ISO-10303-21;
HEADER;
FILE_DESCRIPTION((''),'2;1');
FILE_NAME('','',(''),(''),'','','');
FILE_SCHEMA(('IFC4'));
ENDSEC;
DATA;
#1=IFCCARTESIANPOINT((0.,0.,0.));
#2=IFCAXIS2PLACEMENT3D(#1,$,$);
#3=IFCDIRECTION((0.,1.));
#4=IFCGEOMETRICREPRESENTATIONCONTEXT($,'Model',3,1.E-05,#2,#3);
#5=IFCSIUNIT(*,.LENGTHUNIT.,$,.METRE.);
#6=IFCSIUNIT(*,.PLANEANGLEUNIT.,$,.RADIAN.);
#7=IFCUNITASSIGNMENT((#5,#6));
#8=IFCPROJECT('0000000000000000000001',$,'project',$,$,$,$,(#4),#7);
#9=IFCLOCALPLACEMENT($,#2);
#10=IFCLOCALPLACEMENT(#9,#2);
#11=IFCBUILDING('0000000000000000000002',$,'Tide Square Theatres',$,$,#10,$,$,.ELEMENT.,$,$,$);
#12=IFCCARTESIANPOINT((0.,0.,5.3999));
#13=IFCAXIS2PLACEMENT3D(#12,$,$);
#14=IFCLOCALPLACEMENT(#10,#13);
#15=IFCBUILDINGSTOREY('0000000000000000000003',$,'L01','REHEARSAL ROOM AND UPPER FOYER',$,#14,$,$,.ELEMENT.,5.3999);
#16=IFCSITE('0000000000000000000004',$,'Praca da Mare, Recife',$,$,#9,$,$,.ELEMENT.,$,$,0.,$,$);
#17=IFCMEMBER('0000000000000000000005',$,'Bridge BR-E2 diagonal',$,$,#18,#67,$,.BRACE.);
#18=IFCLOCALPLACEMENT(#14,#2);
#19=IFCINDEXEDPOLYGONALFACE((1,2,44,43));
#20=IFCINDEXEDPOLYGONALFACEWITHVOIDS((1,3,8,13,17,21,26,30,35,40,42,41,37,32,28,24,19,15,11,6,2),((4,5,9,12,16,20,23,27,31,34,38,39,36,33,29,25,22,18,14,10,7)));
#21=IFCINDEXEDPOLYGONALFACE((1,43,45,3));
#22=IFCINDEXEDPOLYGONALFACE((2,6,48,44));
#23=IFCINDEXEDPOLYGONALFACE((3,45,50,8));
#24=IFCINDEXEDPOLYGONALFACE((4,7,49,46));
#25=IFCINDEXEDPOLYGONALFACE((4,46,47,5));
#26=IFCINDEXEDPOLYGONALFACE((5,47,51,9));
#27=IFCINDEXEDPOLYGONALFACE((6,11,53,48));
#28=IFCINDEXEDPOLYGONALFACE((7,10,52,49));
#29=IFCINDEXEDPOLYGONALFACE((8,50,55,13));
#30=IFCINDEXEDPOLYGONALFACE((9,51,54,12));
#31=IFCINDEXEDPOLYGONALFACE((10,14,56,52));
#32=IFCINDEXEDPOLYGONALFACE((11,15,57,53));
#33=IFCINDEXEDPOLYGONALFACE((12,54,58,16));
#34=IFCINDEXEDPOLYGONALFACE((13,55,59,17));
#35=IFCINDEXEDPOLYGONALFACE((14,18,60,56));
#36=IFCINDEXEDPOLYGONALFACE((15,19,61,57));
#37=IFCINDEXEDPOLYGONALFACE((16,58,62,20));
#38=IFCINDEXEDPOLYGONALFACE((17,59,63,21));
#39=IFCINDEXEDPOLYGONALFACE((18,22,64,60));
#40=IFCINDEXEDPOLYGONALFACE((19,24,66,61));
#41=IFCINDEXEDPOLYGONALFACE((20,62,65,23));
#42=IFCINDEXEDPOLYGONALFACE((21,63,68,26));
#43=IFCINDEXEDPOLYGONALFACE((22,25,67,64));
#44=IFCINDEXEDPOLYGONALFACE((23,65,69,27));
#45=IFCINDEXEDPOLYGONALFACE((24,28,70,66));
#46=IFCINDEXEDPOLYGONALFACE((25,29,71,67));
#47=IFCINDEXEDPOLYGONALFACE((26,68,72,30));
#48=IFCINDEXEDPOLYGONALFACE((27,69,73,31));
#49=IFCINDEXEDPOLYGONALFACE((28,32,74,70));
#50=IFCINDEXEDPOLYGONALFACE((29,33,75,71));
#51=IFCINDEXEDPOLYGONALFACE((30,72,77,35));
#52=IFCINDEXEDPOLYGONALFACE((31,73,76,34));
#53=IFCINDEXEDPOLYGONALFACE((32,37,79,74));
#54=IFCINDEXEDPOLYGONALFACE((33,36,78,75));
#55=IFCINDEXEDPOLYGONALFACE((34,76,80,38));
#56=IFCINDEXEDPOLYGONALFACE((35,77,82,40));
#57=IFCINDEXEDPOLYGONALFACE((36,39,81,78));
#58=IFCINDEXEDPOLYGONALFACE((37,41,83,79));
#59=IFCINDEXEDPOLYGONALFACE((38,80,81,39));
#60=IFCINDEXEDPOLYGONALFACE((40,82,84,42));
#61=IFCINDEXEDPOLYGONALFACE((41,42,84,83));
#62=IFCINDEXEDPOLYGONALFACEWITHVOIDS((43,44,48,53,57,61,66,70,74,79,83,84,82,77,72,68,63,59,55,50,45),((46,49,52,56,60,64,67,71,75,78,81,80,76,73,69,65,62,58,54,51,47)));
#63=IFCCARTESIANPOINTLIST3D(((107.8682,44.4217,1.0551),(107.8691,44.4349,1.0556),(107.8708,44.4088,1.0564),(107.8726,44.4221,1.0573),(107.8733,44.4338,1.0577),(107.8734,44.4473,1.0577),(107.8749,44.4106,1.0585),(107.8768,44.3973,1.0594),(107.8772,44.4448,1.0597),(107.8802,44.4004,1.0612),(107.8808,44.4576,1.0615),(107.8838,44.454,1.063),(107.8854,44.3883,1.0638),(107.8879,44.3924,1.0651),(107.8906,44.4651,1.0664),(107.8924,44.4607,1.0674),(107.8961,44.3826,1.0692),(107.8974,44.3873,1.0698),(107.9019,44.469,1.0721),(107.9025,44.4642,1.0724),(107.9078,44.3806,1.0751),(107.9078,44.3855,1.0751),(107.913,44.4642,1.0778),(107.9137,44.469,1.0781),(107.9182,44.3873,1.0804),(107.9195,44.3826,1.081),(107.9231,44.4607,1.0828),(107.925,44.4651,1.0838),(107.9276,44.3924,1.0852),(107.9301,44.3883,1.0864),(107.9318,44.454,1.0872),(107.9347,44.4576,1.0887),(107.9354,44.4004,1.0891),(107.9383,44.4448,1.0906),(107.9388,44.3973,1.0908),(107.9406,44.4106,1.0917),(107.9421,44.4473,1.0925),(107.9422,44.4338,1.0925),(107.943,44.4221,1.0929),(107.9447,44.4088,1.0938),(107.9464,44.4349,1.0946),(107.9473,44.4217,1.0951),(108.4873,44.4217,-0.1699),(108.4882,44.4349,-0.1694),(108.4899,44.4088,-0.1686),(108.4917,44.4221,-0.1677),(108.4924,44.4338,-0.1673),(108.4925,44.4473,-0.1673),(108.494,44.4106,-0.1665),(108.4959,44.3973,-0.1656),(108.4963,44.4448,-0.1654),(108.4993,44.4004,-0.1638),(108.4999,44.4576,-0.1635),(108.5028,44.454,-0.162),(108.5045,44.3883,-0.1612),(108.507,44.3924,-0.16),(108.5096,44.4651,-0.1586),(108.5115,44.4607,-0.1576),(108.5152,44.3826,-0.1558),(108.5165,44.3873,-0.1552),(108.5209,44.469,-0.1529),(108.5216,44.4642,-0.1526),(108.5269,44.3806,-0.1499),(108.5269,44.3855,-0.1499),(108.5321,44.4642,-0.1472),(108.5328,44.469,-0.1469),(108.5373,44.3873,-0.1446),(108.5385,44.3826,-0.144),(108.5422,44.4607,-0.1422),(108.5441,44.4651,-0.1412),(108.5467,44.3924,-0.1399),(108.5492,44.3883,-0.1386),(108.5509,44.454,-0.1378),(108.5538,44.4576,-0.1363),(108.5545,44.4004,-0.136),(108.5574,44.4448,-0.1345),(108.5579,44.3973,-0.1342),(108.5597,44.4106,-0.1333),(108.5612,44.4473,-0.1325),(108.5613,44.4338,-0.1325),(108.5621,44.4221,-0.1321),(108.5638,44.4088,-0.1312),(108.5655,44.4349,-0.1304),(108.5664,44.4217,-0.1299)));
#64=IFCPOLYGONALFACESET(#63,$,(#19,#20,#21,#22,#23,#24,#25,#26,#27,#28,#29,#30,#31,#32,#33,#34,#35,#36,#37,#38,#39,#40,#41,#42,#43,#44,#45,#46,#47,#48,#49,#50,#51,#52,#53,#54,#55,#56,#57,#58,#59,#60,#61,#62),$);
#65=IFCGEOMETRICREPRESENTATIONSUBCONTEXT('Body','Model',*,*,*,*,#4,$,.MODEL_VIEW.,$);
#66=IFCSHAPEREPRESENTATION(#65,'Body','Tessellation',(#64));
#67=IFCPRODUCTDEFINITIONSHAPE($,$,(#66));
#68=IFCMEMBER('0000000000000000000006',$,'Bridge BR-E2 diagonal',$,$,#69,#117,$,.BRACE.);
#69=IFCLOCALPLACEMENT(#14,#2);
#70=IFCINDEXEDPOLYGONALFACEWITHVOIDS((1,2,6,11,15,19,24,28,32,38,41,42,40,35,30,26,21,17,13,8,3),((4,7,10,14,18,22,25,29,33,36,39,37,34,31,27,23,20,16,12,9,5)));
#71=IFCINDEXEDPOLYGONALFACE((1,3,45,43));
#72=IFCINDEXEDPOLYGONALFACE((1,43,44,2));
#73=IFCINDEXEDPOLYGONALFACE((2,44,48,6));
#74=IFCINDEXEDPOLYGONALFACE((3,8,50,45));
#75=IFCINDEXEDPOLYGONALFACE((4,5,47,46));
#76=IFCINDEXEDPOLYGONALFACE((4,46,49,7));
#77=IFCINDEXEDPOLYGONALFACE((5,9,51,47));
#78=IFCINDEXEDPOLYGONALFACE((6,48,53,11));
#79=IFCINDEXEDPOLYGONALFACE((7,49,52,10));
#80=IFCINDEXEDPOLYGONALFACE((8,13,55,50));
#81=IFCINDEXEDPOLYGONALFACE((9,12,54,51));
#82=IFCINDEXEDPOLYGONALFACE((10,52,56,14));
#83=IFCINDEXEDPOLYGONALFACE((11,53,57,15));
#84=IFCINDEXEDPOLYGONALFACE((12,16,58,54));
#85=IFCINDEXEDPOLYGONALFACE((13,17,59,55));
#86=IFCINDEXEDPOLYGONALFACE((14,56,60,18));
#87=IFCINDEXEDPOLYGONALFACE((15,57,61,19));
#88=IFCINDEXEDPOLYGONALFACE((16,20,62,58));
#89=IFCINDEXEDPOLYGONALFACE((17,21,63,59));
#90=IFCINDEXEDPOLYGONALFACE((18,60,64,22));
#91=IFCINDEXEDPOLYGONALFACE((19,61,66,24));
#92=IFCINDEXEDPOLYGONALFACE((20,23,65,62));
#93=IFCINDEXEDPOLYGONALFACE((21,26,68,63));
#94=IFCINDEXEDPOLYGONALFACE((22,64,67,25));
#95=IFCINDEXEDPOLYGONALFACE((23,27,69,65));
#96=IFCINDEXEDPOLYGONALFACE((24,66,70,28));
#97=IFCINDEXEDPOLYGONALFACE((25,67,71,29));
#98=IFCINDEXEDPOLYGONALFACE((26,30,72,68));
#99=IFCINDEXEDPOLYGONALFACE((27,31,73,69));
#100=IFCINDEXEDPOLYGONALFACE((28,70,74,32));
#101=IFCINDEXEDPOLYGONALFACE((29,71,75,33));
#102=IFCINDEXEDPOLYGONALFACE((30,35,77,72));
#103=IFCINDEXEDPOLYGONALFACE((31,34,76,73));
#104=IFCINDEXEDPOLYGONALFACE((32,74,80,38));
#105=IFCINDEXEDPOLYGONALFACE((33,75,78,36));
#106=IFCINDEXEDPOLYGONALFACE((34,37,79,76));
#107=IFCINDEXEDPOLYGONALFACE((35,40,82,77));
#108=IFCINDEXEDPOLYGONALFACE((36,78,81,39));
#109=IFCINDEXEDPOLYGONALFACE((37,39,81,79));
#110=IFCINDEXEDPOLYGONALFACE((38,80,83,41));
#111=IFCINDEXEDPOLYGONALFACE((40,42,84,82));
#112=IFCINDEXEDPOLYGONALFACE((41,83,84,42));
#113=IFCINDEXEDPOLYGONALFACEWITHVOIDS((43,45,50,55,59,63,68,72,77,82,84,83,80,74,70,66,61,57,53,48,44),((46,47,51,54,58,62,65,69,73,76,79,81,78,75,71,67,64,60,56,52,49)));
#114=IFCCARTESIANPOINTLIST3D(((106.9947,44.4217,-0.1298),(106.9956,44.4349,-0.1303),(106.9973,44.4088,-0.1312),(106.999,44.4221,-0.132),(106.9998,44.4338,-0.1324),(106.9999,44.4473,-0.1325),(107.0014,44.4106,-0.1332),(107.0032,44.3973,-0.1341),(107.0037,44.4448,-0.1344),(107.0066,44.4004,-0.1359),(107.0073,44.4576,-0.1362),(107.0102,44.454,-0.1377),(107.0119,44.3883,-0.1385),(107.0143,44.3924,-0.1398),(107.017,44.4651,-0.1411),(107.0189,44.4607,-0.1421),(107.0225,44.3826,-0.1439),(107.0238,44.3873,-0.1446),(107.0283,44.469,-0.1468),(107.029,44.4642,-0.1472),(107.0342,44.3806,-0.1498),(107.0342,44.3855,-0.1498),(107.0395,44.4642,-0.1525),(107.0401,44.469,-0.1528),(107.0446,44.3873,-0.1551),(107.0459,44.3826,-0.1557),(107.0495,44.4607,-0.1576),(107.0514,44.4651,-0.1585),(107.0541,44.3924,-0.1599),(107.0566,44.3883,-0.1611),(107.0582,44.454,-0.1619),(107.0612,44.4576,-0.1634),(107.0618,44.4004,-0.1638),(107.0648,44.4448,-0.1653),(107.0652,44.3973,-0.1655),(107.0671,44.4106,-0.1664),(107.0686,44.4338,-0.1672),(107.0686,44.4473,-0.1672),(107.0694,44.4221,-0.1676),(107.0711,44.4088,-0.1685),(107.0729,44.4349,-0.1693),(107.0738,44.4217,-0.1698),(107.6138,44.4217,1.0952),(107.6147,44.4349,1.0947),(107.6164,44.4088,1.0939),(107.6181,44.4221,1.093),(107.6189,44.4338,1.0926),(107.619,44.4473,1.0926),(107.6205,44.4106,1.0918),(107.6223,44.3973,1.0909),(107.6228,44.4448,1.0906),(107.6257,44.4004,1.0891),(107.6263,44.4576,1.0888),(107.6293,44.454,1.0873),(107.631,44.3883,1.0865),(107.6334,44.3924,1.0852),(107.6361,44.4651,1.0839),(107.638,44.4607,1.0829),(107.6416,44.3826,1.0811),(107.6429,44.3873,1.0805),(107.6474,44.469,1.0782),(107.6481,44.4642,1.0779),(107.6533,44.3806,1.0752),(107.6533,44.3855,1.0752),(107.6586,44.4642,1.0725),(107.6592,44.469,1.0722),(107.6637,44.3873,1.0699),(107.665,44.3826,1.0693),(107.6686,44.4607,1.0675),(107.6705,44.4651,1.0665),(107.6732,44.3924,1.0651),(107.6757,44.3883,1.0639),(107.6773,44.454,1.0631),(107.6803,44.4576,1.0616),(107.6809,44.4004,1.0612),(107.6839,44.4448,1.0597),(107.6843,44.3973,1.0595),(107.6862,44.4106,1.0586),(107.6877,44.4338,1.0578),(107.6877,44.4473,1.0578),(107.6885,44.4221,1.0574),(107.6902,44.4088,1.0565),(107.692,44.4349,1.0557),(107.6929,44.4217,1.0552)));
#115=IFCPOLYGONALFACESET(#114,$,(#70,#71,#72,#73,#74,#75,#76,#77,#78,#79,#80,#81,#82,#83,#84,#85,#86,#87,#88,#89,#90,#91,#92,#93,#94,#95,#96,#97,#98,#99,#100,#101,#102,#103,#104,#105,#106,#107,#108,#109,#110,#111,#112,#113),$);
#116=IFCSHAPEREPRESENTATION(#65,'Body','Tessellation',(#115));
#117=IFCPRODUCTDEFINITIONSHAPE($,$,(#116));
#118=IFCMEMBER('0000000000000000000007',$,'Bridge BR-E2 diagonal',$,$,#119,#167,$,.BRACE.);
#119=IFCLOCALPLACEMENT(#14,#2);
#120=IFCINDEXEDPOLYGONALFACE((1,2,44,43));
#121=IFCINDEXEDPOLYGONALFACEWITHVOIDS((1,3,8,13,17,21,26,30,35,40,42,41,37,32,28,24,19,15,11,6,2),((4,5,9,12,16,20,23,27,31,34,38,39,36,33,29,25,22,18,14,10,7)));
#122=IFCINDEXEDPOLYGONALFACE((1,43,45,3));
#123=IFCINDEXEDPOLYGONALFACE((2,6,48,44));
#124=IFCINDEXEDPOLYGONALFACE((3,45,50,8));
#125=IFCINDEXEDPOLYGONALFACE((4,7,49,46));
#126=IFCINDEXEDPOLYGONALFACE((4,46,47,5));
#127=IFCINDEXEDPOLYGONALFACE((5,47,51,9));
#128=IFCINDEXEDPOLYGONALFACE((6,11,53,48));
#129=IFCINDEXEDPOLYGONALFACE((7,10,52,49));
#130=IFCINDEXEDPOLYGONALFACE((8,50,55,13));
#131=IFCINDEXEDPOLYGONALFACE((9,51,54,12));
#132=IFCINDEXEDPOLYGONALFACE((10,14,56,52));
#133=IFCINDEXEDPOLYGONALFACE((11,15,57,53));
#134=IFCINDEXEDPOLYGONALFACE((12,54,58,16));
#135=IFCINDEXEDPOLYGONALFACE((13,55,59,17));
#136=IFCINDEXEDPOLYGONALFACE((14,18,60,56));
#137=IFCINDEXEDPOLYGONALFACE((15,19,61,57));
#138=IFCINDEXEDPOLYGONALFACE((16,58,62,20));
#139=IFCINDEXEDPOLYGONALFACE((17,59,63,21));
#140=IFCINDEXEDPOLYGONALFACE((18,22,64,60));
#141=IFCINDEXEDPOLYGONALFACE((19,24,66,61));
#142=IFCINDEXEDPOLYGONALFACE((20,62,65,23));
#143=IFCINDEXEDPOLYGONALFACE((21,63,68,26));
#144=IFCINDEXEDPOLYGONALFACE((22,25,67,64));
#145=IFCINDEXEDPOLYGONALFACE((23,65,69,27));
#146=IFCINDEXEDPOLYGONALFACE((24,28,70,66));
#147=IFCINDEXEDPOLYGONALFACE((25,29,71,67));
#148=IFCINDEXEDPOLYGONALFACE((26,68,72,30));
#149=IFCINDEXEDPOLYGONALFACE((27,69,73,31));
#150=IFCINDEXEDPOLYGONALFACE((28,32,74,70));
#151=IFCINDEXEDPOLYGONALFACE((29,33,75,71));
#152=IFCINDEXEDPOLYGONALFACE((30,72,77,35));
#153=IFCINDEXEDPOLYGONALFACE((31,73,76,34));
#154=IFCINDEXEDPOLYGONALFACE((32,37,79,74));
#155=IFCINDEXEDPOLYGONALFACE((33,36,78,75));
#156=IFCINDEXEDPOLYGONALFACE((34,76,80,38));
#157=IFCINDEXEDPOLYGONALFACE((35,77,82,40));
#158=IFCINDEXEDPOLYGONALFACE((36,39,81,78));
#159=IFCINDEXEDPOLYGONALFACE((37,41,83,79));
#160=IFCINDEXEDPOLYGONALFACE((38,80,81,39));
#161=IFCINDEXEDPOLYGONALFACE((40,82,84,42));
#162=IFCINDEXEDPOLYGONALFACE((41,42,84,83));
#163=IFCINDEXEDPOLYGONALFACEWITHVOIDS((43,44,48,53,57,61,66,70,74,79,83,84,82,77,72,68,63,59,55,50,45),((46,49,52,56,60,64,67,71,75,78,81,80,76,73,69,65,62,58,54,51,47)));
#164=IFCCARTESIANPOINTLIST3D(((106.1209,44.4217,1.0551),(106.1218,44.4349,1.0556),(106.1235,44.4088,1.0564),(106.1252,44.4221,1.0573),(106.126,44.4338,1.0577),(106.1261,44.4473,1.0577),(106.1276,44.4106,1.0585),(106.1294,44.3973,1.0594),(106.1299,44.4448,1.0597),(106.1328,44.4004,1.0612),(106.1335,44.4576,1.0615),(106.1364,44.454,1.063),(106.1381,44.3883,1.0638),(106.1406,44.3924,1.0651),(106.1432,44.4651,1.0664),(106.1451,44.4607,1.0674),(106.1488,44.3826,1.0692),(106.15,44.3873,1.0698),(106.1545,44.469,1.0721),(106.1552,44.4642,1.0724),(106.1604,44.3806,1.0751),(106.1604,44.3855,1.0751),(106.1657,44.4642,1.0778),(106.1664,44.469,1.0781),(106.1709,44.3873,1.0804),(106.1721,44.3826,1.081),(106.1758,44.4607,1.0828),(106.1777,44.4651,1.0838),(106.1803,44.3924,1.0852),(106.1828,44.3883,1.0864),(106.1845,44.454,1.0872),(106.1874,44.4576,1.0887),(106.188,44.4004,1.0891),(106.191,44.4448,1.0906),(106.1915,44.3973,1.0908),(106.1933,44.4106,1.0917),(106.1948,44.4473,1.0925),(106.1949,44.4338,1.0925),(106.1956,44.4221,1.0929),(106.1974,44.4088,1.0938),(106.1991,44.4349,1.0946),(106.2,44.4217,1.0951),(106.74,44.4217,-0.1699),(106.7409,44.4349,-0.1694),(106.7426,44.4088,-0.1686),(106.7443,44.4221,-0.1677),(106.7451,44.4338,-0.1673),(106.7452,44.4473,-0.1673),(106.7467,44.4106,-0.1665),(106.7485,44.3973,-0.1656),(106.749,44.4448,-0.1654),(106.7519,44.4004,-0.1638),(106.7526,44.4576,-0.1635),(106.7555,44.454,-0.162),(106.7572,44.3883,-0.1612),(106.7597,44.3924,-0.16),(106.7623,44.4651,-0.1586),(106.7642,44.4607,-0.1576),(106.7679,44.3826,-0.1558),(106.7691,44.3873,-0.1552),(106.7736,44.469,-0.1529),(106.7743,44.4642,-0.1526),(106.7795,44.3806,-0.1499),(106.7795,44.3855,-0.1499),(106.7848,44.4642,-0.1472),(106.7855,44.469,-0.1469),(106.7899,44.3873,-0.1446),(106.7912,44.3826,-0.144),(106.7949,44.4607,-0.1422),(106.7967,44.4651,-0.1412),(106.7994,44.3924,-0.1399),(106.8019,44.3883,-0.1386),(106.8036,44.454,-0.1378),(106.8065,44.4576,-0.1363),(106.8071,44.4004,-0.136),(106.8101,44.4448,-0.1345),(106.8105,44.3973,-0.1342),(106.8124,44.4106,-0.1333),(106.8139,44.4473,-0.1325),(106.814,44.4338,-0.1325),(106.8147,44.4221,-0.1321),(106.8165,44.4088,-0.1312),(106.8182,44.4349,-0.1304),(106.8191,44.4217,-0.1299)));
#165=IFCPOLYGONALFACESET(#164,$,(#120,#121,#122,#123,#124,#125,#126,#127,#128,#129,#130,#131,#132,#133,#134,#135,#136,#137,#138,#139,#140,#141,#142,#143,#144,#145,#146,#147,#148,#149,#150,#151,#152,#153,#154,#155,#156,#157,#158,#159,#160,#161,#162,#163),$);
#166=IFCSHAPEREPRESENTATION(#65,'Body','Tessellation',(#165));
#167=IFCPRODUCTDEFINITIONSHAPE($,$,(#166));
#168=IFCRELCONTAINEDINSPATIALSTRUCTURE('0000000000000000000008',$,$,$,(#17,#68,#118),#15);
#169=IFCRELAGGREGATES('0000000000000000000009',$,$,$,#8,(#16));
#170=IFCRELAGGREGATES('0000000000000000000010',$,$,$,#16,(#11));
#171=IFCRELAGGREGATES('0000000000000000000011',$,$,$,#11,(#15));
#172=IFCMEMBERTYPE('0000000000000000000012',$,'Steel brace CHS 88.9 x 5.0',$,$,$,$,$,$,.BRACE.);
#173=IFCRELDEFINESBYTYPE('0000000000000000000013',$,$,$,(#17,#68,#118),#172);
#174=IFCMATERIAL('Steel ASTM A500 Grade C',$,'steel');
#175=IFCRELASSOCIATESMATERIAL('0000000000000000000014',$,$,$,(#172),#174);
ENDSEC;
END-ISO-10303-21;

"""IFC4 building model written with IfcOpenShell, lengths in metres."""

from ifc_helpers import new_model, si_unit, direction, frame, origin, origin_2d, place, context, subcontext, project, spatial, hollow_circle, extrude, material, material_profile, profile_set, type_object, element, save


model = new_model("IFC4")

# Units and contexts
model_context = context("Model", 3, precision=1e-05, world=origin(), true_north=direction((0.0, 1.0)))
body_context = subcontext(model_context, "Body", "Model", "MODEL_VIEW")
ifc_project = project(units=[si_unit("LENGTHUNIT", "METRE"), si_unit("PLANEANGLEUNIT", "RADIAN")], contexts=[model_context])

# Site, building, storey
site_placement = place(None, origin())
site = spatial("IfcSite", under=ifc_project, at=site_placement, Name="Praca da Mare, Recife", CompositionType="ELEMENT", RefElevation=0.0)
building_placement = place(site_placement, origin())
building = spatial("IfcBuilding", under=site, at=building_placement, Name="Tide Square Theatres", CompositionType="ELEMENT")
storey_placement = place(building_placement, frame((0.0, 0.0, 5.3999)))
storey = spatial("IfcBuildingStorey", under=building, at=storey_placement, Name="L01", Description="REHEARSAL ROOM AND UPPER FOYER", CompositionType="ELEMENT", Elevation=5.3999)

# Members
ifc_material_1 = material(Name="Steel ASTM A500 Grade C", Category="steel")
ifc_material_profile_1 = material_profile(ifc_material_1, hollow_circle(Radius=0.0444, WallThickness=0.0049, at=origin_2d()))
ifc_profile_set_1 = profile_set([ifc_material_profile_1], Name="Steel ASTM A500 Grade C")
member_type_1 = type_object("IfcMemberType", Name="Steel brace CHS 88.9 x 5.0", PredefinedType="BRACE", material=ifc_profile_set_1)
for number, where, z_axis, x_axis, name in (
    (1, (108.5269, 44.425, -0.1499), (-0.451051, 0.0, 0.892498), (0.0, -1.0, 0.0), "Bridge BR-E2 diagonal"),
    (2, (107.6533, 44.425, 1.0752), (-0.451051, 0.0, -0.892498), (0.0, -1.0, 0.0), "Bridge BR-E2 diagonal"),
    (3, (106.7795, 44.425, -0.1499), (-0.451051, 0.0, 0.892498), (0.0, -1.0, 0.0), "Bridge BR-E2 diagonal"),
):
    element("IfcMember", number, at=place(storey_placement, frame(where, z_axis=z_axis, x_axis=x_axis)), inside=storey, type_object=member_type_1, Name=name, PredefinedType="BRACE", context=body_context, shape_type="SweptSolid", body=[
        extrude(hollow_circle(Radius=0.0444, WallThickness=0.0049, at=origin_2d()), origin(), (0.0, 0.0, 1.0), 1.3726),
    ])

save(model, "model.ifc")
